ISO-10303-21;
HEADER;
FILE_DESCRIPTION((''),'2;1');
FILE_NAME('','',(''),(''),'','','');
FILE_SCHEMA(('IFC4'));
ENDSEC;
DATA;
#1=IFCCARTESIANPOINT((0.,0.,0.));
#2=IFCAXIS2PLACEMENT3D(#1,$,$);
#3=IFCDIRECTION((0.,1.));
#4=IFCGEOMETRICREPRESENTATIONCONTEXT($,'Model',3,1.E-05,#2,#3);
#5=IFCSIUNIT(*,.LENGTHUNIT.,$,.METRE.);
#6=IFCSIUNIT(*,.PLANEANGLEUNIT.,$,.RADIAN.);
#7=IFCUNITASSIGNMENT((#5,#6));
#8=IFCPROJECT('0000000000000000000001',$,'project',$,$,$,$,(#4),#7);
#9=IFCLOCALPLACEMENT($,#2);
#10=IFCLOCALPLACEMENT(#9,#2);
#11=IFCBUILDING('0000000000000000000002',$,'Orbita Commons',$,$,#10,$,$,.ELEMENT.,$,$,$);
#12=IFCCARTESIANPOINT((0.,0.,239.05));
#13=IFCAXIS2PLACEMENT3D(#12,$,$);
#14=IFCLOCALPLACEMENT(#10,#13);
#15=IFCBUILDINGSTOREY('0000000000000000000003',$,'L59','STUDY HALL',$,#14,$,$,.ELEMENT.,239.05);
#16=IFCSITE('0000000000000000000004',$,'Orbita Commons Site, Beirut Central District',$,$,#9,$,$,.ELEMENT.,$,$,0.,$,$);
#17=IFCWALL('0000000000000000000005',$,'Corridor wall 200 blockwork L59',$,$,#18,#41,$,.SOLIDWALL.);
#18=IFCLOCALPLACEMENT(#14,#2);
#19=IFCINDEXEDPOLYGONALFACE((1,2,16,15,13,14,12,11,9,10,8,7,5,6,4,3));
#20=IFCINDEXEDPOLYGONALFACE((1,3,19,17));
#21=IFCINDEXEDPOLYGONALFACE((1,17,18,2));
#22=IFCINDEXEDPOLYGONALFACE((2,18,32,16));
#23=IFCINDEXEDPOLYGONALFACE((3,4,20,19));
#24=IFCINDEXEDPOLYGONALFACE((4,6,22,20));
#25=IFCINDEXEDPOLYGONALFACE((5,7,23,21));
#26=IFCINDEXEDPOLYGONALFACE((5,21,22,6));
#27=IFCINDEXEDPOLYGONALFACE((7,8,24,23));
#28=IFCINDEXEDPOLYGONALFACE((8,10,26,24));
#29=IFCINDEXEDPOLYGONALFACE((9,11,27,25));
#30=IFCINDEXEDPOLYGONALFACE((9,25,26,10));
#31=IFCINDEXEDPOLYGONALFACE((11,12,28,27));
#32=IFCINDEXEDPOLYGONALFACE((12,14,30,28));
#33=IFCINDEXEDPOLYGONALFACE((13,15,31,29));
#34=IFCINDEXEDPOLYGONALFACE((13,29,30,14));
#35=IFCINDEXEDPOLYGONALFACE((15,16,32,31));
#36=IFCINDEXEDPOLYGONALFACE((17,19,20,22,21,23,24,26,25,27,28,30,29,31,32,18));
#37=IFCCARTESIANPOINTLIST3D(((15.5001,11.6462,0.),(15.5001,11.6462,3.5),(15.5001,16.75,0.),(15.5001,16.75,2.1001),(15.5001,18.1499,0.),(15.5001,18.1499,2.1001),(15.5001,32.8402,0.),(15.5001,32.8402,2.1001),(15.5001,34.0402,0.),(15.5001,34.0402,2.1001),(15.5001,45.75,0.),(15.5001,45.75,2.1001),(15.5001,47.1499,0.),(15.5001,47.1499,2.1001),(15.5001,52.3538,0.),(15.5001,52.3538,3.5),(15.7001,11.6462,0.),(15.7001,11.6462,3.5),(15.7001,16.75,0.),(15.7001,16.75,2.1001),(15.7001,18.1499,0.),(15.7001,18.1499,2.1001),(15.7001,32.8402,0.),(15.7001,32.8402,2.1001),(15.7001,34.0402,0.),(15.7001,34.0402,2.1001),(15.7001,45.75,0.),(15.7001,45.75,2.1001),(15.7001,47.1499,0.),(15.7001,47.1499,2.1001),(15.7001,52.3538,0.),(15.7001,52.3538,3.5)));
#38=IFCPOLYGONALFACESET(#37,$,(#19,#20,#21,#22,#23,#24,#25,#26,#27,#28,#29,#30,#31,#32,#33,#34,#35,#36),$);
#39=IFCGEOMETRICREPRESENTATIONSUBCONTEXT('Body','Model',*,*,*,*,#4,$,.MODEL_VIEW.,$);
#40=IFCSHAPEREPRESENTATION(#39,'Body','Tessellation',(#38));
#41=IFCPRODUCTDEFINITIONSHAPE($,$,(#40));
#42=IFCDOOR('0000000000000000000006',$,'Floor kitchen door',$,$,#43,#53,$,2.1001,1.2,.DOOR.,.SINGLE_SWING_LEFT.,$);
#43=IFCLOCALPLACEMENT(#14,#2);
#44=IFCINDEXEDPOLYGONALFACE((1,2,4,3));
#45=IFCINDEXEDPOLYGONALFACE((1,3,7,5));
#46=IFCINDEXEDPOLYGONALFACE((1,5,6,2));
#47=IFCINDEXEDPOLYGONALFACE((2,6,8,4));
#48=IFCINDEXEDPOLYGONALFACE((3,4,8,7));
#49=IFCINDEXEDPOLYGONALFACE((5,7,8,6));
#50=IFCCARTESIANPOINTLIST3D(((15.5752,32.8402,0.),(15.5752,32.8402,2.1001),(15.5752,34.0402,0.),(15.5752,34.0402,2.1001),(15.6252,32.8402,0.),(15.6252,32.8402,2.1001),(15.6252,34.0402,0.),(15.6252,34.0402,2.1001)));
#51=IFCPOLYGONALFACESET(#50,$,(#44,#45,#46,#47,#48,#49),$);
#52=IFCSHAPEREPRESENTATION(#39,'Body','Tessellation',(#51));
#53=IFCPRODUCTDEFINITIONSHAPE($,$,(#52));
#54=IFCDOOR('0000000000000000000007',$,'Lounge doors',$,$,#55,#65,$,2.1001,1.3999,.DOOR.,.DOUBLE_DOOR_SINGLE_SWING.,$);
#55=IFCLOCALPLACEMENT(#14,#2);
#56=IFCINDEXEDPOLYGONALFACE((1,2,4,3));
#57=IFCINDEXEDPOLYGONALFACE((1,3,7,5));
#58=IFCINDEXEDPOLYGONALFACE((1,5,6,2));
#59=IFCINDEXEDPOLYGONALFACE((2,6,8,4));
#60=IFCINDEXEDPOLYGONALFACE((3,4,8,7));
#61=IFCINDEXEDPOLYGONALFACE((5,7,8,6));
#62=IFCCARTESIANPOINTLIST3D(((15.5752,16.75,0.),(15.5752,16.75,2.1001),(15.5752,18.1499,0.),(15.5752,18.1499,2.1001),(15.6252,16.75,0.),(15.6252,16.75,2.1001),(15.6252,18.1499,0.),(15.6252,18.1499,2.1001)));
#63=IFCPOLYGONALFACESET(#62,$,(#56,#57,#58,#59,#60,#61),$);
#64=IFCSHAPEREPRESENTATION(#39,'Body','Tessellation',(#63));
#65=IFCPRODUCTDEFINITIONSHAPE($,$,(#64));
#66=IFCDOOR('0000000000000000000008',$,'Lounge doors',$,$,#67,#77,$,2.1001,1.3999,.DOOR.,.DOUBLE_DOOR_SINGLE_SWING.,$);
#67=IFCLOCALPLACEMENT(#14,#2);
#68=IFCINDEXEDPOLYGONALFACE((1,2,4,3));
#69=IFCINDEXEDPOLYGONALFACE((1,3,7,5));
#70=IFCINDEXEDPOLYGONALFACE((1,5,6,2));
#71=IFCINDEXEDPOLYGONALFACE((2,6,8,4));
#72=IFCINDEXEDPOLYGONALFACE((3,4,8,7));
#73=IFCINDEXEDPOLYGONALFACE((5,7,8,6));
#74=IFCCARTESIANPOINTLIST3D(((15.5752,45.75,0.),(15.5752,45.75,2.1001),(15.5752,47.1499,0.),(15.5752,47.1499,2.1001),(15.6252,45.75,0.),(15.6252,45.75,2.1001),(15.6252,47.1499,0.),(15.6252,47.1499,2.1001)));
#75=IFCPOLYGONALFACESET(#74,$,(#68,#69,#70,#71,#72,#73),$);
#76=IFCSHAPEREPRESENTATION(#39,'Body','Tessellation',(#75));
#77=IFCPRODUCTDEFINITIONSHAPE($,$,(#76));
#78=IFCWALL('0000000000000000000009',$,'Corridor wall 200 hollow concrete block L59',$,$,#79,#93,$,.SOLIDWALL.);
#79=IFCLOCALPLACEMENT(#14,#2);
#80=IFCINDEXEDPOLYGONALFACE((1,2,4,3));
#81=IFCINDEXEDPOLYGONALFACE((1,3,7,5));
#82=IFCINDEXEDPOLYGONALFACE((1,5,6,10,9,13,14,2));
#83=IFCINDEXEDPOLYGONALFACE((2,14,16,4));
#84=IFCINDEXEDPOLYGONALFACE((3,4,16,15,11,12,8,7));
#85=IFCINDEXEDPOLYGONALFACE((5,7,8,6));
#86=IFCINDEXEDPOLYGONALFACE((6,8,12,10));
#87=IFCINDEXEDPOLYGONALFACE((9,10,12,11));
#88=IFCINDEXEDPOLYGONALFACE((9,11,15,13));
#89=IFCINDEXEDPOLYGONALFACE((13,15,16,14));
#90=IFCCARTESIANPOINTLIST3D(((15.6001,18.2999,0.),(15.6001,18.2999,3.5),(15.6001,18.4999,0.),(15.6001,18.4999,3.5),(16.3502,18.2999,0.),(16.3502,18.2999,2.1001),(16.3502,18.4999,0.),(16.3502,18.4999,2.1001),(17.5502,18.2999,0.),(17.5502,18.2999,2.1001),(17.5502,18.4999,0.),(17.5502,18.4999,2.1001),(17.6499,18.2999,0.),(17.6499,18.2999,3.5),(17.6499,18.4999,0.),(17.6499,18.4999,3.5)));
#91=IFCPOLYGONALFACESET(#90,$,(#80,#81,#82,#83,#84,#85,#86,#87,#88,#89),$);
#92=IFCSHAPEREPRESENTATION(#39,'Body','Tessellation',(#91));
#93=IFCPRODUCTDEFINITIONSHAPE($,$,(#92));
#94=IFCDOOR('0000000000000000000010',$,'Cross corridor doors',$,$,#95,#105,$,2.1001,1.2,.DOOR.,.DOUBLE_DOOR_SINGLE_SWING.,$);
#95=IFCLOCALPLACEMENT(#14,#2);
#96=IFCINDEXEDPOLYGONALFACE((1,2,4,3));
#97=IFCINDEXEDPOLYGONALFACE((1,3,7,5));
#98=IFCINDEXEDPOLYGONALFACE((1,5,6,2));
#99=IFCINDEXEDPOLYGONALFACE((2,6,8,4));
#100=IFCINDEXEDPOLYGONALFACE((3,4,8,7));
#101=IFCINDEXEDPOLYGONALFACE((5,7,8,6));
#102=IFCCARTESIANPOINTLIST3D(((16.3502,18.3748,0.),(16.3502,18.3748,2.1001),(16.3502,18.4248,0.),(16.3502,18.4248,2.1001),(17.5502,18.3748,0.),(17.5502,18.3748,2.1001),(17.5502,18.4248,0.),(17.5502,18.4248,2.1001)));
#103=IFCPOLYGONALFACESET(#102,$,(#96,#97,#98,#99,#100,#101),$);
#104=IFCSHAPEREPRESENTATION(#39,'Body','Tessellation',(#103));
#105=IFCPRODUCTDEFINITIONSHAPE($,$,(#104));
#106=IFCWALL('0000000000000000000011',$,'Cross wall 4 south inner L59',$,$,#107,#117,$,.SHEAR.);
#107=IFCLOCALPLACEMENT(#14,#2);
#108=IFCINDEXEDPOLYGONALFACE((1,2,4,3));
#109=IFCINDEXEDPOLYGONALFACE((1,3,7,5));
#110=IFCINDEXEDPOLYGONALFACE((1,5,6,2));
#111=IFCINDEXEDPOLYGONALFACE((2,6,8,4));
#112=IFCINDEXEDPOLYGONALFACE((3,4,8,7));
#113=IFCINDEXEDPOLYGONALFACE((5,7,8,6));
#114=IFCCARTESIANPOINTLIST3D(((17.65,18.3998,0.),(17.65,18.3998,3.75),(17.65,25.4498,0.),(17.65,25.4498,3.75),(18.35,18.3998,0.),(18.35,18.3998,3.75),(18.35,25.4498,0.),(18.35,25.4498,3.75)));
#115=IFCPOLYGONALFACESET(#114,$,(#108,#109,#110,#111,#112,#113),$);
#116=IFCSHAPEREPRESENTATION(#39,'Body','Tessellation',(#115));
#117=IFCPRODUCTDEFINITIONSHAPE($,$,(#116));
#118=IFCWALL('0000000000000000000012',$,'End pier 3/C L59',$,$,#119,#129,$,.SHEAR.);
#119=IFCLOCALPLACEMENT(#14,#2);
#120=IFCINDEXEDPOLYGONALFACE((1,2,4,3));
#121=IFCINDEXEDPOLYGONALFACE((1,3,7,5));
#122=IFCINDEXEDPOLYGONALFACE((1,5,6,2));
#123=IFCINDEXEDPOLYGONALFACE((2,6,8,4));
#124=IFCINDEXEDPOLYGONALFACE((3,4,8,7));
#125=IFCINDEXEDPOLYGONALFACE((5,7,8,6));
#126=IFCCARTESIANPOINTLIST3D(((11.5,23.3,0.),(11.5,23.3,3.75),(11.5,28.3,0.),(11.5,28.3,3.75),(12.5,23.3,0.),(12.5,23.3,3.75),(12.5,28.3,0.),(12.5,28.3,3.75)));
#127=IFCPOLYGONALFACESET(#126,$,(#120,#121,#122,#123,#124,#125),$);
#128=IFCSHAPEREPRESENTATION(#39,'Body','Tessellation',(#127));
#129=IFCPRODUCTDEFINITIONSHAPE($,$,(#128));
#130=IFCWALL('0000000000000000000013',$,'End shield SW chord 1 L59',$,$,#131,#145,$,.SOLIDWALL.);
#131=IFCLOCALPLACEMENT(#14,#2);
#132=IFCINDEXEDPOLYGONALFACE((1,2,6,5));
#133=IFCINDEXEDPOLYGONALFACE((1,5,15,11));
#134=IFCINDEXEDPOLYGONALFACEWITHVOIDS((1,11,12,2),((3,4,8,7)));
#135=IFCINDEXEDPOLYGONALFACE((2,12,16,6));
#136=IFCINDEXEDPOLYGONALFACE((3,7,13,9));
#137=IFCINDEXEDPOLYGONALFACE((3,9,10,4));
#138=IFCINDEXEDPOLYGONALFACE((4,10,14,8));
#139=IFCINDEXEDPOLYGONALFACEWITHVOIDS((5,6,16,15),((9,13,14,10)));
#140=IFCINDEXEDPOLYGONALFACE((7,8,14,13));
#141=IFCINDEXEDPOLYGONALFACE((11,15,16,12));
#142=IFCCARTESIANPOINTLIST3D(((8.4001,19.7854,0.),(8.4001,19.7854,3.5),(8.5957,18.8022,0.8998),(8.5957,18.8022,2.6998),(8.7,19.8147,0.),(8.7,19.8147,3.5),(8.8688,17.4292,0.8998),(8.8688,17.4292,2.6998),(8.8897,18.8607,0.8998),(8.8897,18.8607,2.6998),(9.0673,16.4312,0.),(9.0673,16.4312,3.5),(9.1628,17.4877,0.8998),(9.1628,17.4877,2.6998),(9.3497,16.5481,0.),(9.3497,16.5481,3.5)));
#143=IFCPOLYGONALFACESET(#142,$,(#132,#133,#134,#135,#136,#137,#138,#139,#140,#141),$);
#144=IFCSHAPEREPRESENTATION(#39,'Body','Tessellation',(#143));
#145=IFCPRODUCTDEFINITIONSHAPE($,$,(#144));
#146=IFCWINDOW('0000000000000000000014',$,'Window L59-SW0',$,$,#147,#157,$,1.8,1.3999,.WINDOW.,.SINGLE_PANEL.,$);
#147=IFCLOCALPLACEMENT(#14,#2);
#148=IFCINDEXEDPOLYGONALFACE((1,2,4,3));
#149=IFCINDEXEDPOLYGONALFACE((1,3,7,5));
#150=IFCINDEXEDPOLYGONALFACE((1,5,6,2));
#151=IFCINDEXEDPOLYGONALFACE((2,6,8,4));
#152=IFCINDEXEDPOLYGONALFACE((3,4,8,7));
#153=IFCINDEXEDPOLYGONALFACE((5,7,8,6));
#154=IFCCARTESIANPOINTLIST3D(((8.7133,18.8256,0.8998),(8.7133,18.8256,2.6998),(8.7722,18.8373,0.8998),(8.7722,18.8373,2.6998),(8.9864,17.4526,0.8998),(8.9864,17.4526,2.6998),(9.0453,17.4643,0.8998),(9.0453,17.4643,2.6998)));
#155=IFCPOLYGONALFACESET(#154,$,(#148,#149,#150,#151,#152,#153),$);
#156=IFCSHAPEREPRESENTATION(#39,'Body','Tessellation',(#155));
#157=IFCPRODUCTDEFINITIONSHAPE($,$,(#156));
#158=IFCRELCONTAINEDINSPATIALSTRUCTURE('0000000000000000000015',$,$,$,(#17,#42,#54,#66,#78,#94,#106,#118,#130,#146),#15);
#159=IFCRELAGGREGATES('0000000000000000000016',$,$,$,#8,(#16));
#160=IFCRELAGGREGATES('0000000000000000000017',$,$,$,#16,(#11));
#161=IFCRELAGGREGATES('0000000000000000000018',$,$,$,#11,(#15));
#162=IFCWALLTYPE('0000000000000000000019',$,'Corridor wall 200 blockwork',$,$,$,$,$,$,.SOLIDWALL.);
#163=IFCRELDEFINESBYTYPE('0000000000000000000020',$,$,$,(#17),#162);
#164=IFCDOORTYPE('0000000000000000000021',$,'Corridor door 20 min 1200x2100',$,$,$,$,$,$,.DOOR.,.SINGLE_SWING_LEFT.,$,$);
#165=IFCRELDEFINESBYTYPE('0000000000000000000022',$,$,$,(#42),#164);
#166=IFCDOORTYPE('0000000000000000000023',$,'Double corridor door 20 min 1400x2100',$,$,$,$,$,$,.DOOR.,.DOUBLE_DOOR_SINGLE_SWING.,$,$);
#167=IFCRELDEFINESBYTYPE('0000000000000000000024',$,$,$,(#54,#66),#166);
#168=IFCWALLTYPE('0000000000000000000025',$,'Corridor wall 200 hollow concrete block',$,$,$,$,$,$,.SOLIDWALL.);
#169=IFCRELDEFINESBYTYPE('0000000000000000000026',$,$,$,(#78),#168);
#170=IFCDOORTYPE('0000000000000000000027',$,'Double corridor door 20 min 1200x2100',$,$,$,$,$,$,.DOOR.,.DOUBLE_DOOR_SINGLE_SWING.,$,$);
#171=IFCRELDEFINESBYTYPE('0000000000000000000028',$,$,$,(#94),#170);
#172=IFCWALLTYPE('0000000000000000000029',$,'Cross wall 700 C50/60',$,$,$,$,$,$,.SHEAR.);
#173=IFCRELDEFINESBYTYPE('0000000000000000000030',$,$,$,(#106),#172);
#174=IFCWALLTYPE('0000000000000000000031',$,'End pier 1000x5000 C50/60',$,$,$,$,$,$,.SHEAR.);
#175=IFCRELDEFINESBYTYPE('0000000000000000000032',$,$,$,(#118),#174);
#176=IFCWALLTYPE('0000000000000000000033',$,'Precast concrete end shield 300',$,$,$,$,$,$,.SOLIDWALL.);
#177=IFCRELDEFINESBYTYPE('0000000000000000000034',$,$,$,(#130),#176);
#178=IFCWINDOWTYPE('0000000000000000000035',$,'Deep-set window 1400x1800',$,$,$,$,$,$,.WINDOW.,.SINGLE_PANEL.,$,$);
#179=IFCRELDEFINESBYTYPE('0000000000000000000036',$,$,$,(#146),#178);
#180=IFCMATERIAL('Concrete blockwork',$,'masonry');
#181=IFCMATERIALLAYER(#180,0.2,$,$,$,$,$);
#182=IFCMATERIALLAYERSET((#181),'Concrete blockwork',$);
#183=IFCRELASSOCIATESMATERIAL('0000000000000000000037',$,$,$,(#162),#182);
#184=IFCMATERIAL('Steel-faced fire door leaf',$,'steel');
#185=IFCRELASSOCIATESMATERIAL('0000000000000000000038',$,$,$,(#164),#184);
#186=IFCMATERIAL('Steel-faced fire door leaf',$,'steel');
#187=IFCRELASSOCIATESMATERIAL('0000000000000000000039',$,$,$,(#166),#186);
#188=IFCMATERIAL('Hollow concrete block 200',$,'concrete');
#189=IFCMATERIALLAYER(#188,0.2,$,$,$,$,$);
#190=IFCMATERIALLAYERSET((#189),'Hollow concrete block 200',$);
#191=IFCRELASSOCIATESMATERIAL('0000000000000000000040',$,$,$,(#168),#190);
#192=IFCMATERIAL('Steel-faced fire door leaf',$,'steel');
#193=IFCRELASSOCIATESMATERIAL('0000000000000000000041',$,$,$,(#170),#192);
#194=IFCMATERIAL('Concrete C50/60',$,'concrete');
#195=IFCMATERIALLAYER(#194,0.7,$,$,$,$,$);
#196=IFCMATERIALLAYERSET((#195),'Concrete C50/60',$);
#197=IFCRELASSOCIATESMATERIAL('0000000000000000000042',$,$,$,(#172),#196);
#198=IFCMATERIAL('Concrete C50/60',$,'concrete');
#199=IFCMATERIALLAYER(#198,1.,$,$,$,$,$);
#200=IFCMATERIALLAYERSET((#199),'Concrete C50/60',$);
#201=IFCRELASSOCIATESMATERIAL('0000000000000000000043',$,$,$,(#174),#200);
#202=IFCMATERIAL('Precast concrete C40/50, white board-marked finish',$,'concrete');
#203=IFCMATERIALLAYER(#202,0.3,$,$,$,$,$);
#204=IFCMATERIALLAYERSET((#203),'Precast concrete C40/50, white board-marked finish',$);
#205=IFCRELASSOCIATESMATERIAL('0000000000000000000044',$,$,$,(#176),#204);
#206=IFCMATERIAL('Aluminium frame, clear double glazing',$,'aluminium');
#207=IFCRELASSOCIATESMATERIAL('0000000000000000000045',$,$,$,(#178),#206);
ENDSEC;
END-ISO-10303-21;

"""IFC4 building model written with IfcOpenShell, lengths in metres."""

from ifc_helpers import new_model, si_unit, direction, frame, frame_2d, origin, place, context, subcontext, project, spatial, polyline, rectangle, outline, extrude, material, layer, layer_set, type_object, element, fill, save


model = new_model("IFC4")

# Units and contexts
model_context = context("Model", 3, precision=1e-05, world=origin(), true_north=direction((0.0, 1.0)))
body_context = subcontext(model_context, "Body", "Model", "MODEL_VIEW")
ifc_project = project(units=[si_unit("LENGTHUNIT", "METRE"), si_unit("PLANEANGLEUNIT", "RADIAN")], contexts=[model_context])

# Site, building, storey
site_placement = place(None, origin())
site = spatial("IfcSite", under=ifc_project, at=site_placement, Name="Orbita Commons Site, Beirut Central District", CompositionType="ELEMENT", RefElevation=0.0)
building_placement = place(site_placement, origin())
building = spatial("IfcBuilding", under=site, at=building_placement, Name="Orbita Commons", CompositionType="ELEMENT")
storey_placement = place(building_placement, frame((0.0, 0.0, 239.05)))
storey = spatial("IfcBuildingStorey", under=building, at=storey_placement, Name="L59", Description="STUDY HALL", CompositionType="ELEMENT", Elevation=239.05)

# Shared definitions
ifc_material_1 = material(Name="Concrete blockwork", Category="masonry")
ifc_layer_1 = layer(ifc_material_1, 0.2)
ifc_layer_set_1 = layer_set([ifc_layer_1], Name="Concrete blockwork")
wall_type_1 = type_object("IfcWallType", Name="Corridor wall 200 blockwork", PredefinedType="SOLIDWALL", material=ifc_layer_set_1)

# Wall, openings, doors
wall_1_placement = place(storey_placement, frame((15.6001, 11.6462, 0.0), z_axis=(0.0, 0.0, 1.0), x_axis=(0.0, 1.0, 0.0)))
wall_1 = element("IfcWall", 1, at=wall_1_placement, inside=storey, type_object=wall_type_1, Name="Corridor wall 200 blockwork L59", PredefinedType="SOLIDWALL", context=body_context, shape_type="SweptSolid", body=[
    extrude(rectangle(XDim=40.7075, YDim=0.2, at=frame_2d((20.3538, 0.0))), origin(), (0.0, 0.0, 1.0), 3.5),
])
opening_1_placement = place(wall_1_placement, frame((21.1938, 0.0, 0.0)))
opening_1 = element("IfcOpeningElement", 2, at=opening_1_placement, cuts=wall_1, PredefinedType="OPENING", context=body_context, shape_type="SweptSolid", body=[
    extrude(rectangle(XDim=1.2, YDim=2.1001, at=frame_2d((0.6001, 1.05))), frame((0.0, 0.1099, 0.0), z_axis=(0.0, -1.0, 0.0), x_axis=(1.0, 0.0, 0.0)), (0.0, 0.0, 1.0), 0.22),
])
opening_2_placement = place(wall_1_placement, frame((5.1038, 0.0, 0.0)))
opening_2 = element("IfcOpeningElement", 3, at=opening_2_placement, cuts=wall_1, PredefinedType="OPENING", context=body_context, shape_type="SweptSolid", body=[
    extrude(rectangle(XDim=1.3999, YDim=2.1001, at=frame_2d((0.7, 1.05))), frame((0.0, 0.1099, 0.0), z_axis=(0.0, -1.0, 0.0), x_axis=(1.0, 0.0, 0.0)), (0.0, 0.0, 1.0), 0.22),
])
opening_3_placement = place(wall_1_placement, frame((34.1038, 0.0, 0.0)))
opening_3 = element("IfcOpeningElement", 4, at=opening_3_placement, cuts=wall_1, PredefinedType="OPENING", context=body_context, shape_type="SweptSolid", body=[
    extrude(rectangle(XDim=1.3999, YDim=2.1001, at=frame_2d((0.7, 1.05))), frame((0.0, 0.1099, 0.0), z_axis=(0.0, -1.0, 0.0), x_axis=(1.0, 0.0, 0.0)), (0.0, 0.0, 1.0), 0.22),
])
ifc_material_2 = material(Name="Steel-faced fire door leaf", Category="steel")
door_type_1 = type_object("IfcDoorType", Name="Corridor door 20 min 1200x2100", OperationType="SINGLE_SWING_LEFT", PredefinedType="DOOR", material=ifc_material_2)
door_1_placement = place(opening_1_placement, origin())
door_1 = element("IfcDoor", 5, at=door_1_placement, inside=storey, type_object=door_type_1, Name="Floor kitchen door", OperationType="SINGLE_SWING_LEFT", OverallHeight=2.1001, OverallWidth=1.2, PredefinedType="DOOR", context=body_context, shape_type="SweptSolid", body=[
    extrude(rectangle(XDim=1.2, YDim=2.1001, at=frame_2d((0.6001, 1.05))), frame((0.0, 0.0249, 0.0), z_axis=(0.0, -1.0, 0.0), x_axis=(1.0, 0.0, 0.0)), (0.0, 0.0, 1.0), 0.05),
])
fill(opening_1, door_1)
ifc_material_3 = material(Name="Steel-faced fire door leaf", Category="steel")
door_type_2 = type_object("IfcDoorType", Name="Double corridor door 20 min 1400x2100", OperationType="DOUBLE_DOOR_SINGLE_SWING", PredefinedType="DOOR", material=ifc_material_3)
door_2_placement = place(opening_2_placement, origin())
door_2 = element("IfcDoor", 6, at=door_2_placement, inside=storey, type_object=door_type_2, Name="Lounge doors", OperationType="DOUBLE_DOOR_SINGLE_SWING", OverallHeight=2.1001, OverallWidth=1.3999, PredefinedType="DOOR", context=body_context, shape_type="SweptSolid", body=[
    extrude(rectangle(XDim=1.3999, YDim=2.1001, at=frame_2d((0.7, 1.05))), frame((0.0, 0.0249, 0.0), z_axis=(0.0, -1.0, 0.0), x_axis=(1.0, 0.0, 0.0)), (0.0, 0.0, 1.0), 0.05),
])
fill(opening_2, door_2)
door_3_placement = place(opening_3_placement, origin())
door_3 = element("IfcDoor", 7, at=door_3_placement, inside=storey, type_object=door_type_2, Name="Lounge doors", OperationType="DOUBLE_DOOR_SINGLE_SWING", OverallHeight=2.1001, OverallWidth=1.3999, PredefinedType="DOOR", context=body_context, shape_type="SweptSolid", body=[
    extrude(rectangle(XDim=1.3999, YDim=2.1001, at=frame_2d((0.7, 1.05))), frame((0.0, 0.0249, 0.0), z_axis=(0.0, -1.0, 0.0), x_axis=(1.0, 0.0, 0.0)), (0.0, 0.0, 1.0), 0.05),
])
fill(opening_3, door_3)

# Wall, opening, door
ifc_material_4 = material(Name="Hollow concrete block 200", Category="concrete")
ifc_layer_2 = layer(ifc_material_4, 0.2)
ifc_layer_set_2 = layer_set([ifc_layer_2], Name="Hollow concrete block 200")
wall_type_2 = type_object("IfcWallType", Name="Corridor wall 200 hollow concrete block", PredefinedType="SOLIDWALL", material=ifc_layer_set_2)
wall_2_placement = place(storey_placement, frame((15.6001, 18.3999, 0.0), z_axis=(0.0, 0.0, 1.0), x_axis=(1.0, 0.0, 0.0)))
wall_2 = element("IfcWall", 8, at=wall_2_placement, inside=storey, type_object=wall_type_2, Name="Corridor wall 200 hollow concrete block L59", PredefinedType="SOLIDWALL", context=body_context, shape_type="SweptSolid", body=[
    extrude(rectangle(XDim=2.0498, YDim=0.2, at=frame_2d((1.0249, 0.0))), origin(), (0.0, 0.0, 1.0), 3.5),
])
opening_4_placement = place(wall_2_placement, frame((0.75, 0.0, 0.0)))
opening_4 = element("IfcOpeningElement", 9, at=opening_4_placement, cuts=wall_2, PredefinedType="OPENING", context=body_context, shape_type="SweptSolid", body=[
    extrude(rectangle(XDim=1.2, YDim=2.1001, at=frame_2d((0.6001, 1.05))), frame((0.0, 0.1099, 0.0), z_axis=(0.0, -1.0, 0.0), x_axis=(1.0, 0.0, 0.0)), (0.0, 0.0, 1.0), 0.22),
])
ifc_material_5 = material(Name="Steel-faced fire door leaf", Category="steel")
door_type_3 = type_object("IfcDoorType", Name="Double corridor door 20 min 1200x2100", OperationType="DOUBLE_DOOR_SINGLE_SWING", PredefinedType="DOOR", material=ifc_material_5)
door_4_placement = place(opening_4_placement, origin())
door_4 = element("IfcDoor", 10, at=door_4_placement, inside=storey, type_object=door_type_3, Name="Cross corridor doors", OperationType="DOUBLE_DOOR_SINGLE_SWING", OverallHeight=2.1001, OverallWidth=1.2, PredefinedType="DOOR", context=body_context, shape_type="SweptSolid", body=[
    extrude(rectangle(XDim=1.2, YDim=2.1001, at=frame_2d((0.6001, 1.05))), frame((0.0, 0.0249, 0.0), z_axis=(0.0, -1.0, 0.0), x_axis=(1.0, 0.0, 0.0)), (0.0, 0.0, 1.0), 0.05),
])
fill(opening_4, door_4)

# Walls
ifc_material_6 = material(Name="Concrete C50/60", Category="concrete")
ifc_layer_3 = layer(ifc_material_6, 0.7)
ifc_layer_set_3 = layer_set([ifc_layer_3], Name="Concrete C50/60")
wall_type_3 = type_object("IfcWallType", Name="Cross wall 700 C50/60", PredefinedType="SHEAR", material=ifc_layer_set_3)
wall_3_placement = place(storey_placement, frame((18.0, 18.3999, 0.0), z_axis=(0.0, 0.0, 1.0), x_axis=(0.0, 1.0, 0.0)))
element("IfcWall", 11, at=wall_3_placement, inside=storey, type_object=wall_type_3, Name="Cross wall 4 south inner L59", PredefinedType="SHEAR", context=body_context, shape_type="SweptSolid", body=[
    extrude(rectangle(XDim=7.05, YDim=0.7, at=frame_2d((3.5249, 0.0))), origin(), (0.0, 0.0, 1.0), 3.75),
])
ifc_material_7 = material(Name="Concrete C50/60", Category="concrete")
ifc_layer_4 = layer(ifc_material_7, 1.0)
ifc_layer_set_4 = layer_set([ifc_layer_4], Name="Concrete C50/60")
wall_type_4 = type_object("IfcWallType", Name="End pier 1000x5000 C50/60", PredefinedType="SHEAR", material=ifc_layer_set_4)
wall_4_placement = place(storey_placement, frame((12.0, 23.3, 0.0), z_axis=(0.0, 0.0, 1.0), x_axis=(0.0, 1.0, 0.0)))
element("IfcWall", 12, at=wall_4_placement, inside=storey, type_object=wall_type_4, Name="End pier 3/C L59", PredefinedType="SHEAR", context=body_context, shape_type="SweptSolid", body=[
    extrude(rectangle(XDim=5.0, YDim=1.0, at=frame_2d((2.5, 0.0))), origin(), (0.0, 0.0, 1.0), 3.75),
])

# Wall, opening, window
ifc_material_8 = material(Name="Precast concrete C40/50, white board-marked finish", Category="concrete")
ifc_layer_5 = layer(ifc_material_8, 0.3)
ifc_layer_set_5 = layer_set([ifc_layer_5], Name="Precast concrete C40/50, white board-marked finish")
wall_type_5 = type_object("IfcWallType", Name="Precast concrete end shield 300", PredefinedType="SOLIDWALL", material=ifc_layer_set_5)
wall_5_placement = place(storey_placement, frame((8.55, 19.8, 0.0), z_axis=(0.0, 0.0, 1.0), x_axis=(0.195087, -0.980786, 0.0)))
wall_5 = element("IfcWall", 13, at=wall_5_placement, inside=storey, type_object=wall_type_5, Name="End shield SW chord 1 L59", PredefinedType="SOLIDWALL", context=body_context, shape_type="SweptSolid", body=[
    extrude(outline(polyline([(-0.0149, -0.1499), (3.405, -0.1499), (3.3455, 0.1499), (0.0149, 0.1499), (-0.0149, -0.1499)])), origin(), (0.0, 0.0, 1.0), 3.5),
])
opening_5_placement = place(wall_5_placement, frame((0.9875, 0.0, 0.8999)))
opening_5 = element("IfcOpeningElement", 14, at=opening_5_placement, cuts=wall_5, PredefinedType="OPENING", context=body_context, shape_type="SweptSolid", body=[
    extrude(rectangle(XDim=1.3999, YDim=1.8, at=frame_2d((0.7, 0.8999))), frame((0.0, 0.1599, 0.0), z_axis=(0.0, -1.0, 0.0), x_axis=(1.0, 0.0, 0.0)), (0.0, 0.0, 1.0), 0.3201),
])
ifc_material_9 = material(Name="Aluminium frame, clear double glazing", Category="aluminium")
window_type = type_object("IfcWindowType", Name="Deep-set window 1400x1800", PartitioningType="SINGLE_PANEL", PredefinedType="WINDOW", material=ifc_material_9)
window_1_placement = place(opening_5_placement, origin())
window_1 = element("IfcWindow", 15, at=window_1_placement, inside=storey, type_object=window_type, Name="Window L59-SW0", OverallHeight=1.8, OverallWidth=1.3999, PartitioningType="SINGLE_PANEL", PredefinedType="WINDOW", context=body_context, shape_type="SweptSolid", body=[
    extrude(rectangle(XDim=1.3999, YDim=1.8, at=frame_2d((0.7, 0.8999))), frame((0.0, 0.03, 0.0), z_axis=(0.0, -1.0, 0.0), x_axis=(1.0, 0.0, 0.0)), (0.0, 0.0, 1.0), 0.0601),
])
fill(opening_5, window_1)

save(model, "model.ifc")
